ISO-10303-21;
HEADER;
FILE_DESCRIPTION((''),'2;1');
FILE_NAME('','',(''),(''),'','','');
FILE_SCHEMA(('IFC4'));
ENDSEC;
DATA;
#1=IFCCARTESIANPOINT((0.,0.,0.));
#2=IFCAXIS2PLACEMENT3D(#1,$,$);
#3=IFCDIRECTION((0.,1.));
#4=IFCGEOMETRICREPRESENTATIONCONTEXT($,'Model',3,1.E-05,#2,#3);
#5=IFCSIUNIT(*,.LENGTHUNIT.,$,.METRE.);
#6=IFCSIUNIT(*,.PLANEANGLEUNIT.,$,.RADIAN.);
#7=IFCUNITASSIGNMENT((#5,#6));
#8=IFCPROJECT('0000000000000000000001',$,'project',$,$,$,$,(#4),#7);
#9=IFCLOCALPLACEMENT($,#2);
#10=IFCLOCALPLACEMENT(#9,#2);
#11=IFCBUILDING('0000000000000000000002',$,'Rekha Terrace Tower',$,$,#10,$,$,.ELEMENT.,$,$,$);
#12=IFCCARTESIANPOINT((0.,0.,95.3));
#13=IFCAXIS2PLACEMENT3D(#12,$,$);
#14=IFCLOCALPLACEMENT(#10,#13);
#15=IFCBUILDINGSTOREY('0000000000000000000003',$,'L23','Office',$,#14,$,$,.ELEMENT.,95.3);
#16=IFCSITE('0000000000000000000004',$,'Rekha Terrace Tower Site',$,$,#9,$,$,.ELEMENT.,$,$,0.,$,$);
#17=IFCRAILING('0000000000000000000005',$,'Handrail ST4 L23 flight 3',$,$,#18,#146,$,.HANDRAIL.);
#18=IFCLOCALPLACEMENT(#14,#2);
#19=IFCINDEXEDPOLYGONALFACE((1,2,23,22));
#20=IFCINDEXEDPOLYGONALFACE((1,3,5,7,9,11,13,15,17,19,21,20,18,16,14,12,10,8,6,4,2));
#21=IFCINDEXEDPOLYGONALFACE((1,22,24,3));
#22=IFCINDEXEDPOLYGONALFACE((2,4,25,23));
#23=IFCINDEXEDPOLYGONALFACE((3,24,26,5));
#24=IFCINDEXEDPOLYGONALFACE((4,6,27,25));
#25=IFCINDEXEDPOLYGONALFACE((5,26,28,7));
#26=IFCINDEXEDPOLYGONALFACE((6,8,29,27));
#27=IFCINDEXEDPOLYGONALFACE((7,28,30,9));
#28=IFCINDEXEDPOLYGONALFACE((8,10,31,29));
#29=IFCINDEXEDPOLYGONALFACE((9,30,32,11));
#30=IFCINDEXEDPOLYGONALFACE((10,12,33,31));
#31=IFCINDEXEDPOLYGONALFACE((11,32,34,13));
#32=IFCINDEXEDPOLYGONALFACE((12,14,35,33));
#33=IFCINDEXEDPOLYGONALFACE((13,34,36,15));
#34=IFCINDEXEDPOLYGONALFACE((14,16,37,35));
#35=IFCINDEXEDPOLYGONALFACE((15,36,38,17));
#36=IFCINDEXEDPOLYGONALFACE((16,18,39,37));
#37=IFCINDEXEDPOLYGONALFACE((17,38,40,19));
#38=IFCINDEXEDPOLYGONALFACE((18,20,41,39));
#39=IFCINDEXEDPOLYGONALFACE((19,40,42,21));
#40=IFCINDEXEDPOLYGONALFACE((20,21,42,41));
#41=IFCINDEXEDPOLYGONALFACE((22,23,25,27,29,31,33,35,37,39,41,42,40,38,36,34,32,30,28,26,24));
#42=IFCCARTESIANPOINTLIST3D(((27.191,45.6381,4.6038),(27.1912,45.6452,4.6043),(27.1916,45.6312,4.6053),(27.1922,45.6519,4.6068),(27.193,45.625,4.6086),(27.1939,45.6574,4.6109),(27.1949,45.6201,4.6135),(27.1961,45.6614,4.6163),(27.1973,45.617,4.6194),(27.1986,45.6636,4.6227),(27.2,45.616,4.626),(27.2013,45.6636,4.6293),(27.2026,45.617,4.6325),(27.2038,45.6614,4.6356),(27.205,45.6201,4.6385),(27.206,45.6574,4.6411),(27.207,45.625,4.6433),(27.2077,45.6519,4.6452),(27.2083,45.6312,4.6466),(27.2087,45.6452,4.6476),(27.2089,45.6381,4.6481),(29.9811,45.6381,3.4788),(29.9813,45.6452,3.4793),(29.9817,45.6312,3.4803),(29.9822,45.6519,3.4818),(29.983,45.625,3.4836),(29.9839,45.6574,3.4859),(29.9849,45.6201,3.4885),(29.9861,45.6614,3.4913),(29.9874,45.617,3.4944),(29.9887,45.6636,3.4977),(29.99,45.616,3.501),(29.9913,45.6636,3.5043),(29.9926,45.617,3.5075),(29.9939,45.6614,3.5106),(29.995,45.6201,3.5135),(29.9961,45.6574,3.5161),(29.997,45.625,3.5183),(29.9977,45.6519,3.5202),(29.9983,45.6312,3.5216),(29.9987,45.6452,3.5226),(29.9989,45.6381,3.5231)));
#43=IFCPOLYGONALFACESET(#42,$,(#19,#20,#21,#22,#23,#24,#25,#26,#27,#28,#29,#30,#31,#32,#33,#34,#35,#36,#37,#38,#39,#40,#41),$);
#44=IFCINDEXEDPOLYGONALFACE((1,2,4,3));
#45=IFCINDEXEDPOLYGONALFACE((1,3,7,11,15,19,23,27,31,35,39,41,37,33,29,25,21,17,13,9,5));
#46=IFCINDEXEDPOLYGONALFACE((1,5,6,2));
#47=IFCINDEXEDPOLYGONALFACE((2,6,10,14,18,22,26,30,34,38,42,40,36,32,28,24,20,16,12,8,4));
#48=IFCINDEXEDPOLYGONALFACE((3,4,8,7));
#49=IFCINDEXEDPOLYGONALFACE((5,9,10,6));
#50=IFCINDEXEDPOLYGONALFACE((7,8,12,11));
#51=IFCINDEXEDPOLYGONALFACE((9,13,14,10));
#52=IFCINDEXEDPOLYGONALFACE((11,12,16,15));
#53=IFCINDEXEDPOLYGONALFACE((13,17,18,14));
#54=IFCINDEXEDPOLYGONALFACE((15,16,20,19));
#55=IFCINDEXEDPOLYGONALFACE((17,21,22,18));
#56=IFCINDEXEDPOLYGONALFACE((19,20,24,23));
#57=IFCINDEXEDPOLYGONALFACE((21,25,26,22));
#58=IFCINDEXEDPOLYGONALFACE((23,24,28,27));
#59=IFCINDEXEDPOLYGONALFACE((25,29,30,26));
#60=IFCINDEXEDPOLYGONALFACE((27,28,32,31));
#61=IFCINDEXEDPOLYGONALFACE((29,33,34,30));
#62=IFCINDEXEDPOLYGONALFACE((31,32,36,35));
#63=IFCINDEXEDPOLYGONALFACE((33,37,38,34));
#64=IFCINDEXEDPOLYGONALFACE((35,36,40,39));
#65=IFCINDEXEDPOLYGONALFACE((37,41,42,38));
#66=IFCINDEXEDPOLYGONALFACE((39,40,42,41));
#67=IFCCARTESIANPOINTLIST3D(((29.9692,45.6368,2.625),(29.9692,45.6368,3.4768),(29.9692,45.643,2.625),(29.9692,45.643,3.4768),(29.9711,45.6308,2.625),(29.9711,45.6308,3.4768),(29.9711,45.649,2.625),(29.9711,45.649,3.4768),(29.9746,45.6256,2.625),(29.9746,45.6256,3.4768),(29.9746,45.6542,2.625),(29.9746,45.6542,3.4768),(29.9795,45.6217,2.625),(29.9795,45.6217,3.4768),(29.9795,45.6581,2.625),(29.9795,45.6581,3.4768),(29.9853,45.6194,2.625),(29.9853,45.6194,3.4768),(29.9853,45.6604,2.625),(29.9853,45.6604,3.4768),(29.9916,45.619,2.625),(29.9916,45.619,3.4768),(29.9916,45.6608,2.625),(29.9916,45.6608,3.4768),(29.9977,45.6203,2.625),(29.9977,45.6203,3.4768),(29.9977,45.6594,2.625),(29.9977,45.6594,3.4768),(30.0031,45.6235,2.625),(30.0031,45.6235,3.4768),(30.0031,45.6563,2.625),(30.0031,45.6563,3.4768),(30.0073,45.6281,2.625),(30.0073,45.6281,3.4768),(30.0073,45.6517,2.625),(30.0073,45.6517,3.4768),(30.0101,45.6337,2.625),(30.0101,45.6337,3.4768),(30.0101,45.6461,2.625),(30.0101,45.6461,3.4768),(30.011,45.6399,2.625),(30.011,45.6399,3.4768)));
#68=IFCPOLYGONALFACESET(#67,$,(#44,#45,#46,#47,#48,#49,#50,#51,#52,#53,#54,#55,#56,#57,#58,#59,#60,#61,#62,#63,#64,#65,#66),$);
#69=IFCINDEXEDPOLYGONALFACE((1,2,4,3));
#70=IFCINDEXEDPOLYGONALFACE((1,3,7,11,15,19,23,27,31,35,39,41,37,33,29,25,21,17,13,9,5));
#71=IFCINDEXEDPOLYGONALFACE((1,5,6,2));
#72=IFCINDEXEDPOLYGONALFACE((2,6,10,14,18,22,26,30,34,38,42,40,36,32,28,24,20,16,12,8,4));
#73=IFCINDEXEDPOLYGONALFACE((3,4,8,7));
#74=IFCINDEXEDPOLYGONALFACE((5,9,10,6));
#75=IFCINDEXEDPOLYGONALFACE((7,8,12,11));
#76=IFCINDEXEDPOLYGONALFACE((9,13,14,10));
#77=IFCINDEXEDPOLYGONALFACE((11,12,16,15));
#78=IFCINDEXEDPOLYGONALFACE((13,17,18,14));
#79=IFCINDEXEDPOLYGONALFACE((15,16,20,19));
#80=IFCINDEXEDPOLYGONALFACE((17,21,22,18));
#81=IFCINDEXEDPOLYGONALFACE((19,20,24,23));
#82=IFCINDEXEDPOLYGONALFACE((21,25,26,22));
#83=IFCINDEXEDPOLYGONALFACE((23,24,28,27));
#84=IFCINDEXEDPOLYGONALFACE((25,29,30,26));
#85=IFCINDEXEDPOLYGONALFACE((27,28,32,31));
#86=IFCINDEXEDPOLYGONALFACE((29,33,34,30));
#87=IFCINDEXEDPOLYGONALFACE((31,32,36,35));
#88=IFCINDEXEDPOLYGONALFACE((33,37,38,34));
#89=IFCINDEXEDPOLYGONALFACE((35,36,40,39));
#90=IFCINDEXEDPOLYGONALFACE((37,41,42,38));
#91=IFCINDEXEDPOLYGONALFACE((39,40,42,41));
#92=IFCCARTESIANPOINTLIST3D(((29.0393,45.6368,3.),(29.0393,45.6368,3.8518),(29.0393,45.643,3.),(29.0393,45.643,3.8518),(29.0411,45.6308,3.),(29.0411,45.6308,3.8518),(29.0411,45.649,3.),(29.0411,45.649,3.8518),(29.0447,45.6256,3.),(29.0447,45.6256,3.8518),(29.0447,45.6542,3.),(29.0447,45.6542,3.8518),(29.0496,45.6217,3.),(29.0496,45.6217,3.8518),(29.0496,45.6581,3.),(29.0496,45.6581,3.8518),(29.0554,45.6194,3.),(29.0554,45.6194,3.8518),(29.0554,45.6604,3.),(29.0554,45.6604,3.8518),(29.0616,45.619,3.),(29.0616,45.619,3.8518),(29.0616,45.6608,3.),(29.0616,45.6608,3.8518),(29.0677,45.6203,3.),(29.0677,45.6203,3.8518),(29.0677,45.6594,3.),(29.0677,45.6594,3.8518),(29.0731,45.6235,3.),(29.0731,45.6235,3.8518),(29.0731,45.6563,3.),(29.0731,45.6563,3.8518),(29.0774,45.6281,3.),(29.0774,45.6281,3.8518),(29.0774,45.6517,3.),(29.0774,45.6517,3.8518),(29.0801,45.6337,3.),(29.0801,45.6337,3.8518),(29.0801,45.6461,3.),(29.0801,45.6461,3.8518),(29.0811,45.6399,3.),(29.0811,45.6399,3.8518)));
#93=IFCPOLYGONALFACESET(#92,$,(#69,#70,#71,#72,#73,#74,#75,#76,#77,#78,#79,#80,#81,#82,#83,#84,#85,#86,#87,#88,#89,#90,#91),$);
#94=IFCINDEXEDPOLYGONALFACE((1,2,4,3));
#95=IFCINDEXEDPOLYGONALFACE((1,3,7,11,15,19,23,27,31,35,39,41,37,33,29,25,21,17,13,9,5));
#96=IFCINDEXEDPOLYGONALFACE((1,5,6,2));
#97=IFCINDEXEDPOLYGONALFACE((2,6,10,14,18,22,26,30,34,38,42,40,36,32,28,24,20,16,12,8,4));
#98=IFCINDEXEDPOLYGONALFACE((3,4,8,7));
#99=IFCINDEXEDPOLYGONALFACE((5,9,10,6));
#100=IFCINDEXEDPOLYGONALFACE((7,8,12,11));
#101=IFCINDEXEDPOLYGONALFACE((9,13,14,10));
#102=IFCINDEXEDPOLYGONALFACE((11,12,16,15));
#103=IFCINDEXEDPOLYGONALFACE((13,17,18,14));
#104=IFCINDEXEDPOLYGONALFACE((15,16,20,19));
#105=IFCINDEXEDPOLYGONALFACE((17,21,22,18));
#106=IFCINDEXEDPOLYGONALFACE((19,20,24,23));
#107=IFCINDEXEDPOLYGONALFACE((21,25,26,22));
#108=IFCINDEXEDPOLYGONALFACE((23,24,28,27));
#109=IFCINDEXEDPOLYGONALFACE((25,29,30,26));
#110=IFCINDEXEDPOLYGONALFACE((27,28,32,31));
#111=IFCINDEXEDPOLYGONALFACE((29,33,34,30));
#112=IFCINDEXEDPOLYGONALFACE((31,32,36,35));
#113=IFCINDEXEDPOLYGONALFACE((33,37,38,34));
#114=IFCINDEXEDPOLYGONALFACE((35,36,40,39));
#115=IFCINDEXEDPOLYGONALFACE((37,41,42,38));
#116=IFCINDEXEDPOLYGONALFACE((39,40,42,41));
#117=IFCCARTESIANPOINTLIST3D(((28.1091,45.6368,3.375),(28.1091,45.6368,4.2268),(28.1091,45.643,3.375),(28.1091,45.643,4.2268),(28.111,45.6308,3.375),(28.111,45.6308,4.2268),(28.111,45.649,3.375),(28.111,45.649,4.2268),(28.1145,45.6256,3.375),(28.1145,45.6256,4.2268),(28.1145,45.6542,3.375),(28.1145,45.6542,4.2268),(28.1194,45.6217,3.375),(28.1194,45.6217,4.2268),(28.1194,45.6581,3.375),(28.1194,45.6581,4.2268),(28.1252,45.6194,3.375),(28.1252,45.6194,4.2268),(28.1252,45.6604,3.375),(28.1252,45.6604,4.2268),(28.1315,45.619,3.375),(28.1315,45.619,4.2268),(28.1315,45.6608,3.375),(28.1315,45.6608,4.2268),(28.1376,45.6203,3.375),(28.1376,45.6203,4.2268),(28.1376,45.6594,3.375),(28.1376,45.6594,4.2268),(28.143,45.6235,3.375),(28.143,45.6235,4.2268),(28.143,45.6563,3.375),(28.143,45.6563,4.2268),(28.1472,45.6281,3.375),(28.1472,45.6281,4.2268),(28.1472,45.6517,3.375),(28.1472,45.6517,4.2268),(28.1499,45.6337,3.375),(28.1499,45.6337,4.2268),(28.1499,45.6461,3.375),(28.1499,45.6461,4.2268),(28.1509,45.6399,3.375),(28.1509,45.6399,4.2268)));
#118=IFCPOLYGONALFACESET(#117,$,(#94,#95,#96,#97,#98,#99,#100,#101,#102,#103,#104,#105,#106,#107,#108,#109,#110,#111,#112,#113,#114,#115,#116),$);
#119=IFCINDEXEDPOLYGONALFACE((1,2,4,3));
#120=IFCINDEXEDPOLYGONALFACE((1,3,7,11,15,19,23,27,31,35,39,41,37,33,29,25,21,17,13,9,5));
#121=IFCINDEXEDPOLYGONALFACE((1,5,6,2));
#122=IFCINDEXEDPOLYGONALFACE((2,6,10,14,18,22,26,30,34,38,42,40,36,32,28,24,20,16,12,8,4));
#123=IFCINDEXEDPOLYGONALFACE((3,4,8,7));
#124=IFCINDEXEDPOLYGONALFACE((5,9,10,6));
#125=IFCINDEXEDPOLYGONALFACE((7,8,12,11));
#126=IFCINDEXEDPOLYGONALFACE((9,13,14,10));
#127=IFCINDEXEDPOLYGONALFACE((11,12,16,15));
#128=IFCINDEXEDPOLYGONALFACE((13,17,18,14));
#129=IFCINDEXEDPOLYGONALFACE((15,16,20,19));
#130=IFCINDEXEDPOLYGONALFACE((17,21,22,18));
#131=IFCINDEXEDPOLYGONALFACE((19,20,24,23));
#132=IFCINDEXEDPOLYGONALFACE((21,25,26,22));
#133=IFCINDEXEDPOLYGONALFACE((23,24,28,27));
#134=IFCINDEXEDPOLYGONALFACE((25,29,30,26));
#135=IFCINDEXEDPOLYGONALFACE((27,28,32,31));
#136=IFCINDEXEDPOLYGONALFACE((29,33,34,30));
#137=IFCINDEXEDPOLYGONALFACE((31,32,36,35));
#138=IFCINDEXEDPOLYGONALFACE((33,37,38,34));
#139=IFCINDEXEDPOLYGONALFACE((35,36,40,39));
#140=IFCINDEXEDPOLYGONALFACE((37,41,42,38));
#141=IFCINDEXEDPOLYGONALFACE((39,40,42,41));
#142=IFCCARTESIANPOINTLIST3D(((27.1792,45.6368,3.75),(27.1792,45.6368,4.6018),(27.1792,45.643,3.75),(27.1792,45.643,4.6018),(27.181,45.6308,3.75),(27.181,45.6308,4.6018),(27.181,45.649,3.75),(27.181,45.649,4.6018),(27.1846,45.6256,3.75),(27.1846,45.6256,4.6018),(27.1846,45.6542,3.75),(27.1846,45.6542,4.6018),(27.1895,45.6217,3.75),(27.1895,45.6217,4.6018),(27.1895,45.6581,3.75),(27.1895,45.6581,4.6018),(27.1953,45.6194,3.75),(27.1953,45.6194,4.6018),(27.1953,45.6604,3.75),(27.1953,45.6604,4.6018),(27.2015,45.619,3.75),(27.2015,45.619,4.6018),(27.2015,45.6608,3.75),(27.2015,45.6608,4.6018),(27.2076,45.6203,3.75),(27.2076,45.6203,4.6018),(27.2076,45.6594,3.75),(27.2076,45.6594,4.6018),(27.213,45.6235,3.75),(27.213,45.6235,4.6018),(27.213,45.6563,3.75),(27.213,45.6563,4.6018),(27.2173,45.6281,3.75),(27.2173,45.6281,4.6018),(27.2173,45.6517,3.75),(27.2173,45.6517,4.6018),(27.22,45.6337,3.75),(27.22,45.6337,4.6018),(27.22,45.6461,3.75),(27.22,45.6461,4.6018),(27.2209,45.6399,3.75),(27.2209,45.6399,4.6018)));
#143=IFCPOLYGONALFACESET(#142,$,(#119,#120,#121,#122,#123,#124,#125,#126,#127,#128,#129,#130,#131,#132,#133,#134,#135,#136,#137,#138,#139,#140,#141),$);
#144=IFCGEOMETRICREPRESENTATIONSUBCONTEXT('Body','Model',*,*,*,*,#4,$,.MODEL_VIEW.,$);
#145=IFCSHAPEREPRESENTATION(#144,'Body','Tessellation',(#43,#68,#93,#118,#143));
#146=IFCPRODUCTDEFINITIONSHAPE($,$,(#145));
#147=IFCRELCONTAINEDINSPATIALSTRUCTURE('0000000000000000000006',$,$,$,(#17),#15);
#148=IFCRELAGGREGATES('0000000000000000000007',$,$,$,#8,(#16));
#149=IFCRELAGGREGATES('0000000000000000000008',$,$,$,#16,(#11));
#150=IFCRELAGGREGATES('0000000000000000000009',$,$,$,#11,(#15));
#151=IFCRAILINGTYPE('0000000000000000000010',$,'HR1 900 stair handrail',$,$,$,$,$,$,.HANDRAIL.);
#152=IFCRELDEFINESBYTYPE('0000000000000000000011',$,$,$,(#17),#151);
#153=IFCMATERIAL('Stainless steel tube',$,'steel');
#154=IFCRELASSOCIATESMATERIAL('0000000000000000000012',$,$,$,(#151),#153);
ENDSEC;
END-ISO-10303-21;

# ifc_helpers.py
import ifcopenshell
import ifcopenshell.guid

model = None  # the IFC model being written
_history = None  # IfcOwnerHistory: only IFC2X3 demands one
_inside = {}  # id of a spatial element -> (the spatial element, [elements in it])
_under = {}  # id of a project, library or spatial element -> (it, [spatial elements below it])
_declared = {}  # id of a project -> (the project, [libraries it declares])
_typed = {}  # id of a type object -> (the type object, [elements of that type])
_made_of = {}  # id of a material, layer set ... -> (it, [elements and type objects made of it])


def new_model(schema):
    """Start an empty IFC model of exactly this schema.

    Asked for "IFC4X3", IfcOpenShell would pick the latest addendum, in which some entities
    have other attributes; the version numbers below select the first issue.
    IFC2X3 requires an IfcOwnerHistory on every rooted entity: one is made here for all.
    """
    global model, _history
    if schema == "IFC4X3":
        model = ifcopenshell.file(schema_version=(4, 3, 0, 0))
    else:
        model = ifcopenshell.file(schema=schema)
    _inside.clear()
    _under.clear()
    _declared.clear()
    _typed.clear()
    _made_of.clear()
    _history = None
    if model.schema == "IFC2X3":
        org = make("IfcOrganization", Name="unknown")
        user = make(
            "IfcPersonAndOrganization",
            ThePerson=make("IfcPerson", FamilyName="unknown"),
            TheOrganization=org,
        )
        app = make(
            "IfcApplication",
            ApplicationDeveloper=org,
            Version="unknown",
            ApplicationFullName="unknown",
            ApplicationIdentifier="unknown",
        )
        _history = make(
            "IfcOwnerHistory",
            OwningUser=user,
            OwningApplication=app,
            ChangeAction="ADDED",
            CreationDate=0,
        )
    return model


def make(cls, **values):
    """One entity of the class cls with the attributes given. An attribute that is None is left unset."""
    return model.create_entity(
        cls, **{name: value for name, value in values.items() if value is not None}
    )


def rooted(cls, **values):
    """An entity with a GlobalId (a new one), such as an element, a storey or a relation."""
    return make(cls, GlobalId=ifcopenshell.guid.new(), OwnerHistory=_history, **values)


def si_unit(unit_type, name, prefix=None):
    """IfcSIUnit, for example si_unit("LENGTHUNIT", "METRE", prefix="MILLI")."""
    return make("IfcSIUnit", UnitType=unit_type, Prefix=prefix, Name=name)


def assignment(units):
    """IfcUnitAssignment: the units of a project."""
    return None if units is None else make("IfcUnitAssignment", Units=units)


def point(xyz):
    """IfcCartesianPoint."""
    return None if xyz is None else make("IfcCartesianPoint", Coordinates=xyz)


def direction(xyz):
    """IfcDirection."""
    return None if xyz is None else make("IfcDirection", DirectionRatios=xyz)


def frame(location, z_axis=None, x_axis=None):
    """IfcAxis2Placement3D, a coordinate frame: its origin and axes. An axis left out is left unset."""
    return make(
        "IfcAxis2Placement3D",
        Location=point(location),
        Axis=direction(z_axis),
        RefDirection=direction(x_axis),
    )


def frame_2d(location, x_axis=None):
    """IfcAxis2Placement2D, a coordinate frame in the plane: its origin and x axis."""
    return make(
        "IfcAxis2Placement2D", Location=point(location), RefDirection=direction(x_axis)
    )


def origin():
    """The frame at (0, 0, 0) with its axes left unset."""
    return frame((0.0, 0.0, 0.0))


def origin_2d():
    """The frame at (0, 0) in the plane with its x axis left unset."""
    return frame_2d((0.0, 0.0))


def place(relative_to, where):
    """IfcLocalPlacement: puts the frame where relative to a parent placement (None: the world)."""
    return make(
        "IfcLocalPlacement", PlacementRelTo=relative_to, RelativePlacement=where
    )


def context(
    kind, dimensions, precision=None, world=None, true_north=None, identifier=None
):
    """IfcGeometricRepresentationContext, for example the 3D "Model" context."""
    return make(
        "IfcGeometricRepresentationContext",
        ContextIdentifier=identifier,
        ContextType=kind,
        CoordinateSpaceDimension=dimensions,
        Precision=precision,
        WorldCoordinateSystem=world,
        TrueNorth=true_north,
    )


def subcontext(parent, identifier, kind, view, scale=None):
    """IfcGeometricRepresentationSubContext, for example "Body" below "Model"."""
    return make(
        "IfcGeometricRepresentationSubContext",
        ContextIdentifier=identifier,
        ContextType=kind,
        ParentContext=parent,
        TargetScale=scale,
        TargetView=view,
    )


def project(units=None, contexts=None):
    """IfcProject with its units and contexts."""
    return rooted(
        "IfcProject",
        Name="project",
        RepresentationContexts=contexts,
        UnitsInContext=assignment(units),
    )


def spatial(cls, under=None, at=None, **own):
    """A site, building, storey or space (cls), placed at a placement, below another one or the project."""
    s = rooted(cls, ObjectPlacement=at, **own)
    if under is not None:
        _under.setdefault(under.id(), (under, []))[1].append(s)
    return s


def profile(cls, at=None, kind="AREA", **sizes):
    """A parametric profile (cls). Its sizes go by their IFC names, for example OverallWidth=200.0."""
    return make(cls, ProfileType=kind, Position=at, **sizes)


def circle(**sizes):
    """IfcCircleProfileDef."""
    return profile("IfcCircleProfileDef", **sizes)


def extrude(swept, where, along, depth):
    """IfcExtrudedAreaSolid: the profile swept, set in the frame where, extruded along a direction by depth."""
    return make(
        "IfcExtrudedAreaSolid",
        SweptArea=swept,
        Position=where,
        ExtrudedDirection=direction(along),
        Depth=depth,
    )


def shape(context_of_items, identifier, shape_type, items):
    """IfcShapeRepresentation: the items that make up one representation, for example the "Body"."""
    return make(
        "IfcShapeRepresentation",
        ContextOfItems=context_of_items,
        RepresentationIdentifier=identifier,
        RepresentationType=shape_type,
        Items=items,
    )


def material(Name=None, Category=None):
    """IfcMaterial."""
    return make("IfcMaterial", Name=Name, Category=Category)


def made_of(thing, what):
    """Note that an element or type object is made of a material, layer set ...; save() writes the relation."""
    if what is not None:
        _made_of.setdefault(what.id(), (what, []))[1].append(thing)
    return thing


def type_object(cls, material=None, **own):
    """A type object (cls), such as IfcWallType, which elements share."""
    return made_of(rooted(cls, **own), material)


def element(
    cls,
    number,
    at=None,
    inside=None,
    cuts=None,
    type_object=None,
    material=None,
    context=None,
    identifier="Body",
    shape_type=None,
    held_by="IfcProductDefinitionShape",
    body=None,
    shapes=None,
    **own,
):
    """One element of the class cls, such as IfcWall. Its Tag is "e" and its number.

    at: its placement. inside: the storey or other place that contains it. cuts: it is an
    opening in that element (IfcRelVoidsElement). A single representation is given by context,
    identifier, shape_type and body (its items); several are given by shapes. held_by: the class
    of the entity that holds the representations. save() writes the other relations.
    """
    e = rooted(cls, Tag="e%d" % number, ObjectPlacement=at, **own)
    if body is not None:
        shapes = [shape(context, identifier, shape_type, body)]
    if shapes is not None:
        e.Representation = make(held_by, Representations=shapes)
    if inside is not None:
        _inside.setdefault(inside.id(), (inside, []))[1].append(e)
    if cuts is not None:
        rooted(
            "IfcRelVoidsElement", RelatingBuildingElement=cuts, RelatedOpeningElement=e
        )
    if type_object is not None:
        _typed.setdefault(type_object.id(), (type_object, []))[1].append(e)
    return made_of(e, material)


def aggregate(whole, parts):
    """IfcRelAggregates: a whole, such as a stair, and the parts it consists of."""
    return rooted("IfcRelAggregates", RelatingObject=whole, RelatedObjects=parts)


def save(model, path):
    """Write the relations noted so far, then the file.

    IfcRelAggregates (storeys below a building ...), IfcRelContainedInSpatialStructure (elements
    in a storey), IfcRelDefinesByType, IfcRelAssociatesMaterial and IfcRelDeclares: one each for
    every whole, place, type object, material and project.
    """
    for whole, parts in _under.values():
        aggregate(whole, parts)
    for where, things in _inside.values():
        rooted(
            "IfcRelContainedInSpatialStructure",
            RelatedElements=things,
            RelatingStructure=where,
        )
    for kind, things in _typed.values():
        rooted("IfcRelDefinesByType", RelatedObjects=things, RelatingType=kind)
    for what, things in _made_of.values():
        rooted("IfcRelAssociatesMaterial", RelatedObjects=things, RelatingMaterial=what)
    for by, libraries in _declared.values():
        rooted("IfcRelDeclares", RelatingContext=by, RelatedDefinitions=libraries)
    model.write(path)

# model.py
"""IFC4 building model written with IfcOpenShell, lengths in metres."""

from ifc_helpers import new_model, si_unit, direction, frame, origin, origin_2d, place, context, subcontext, project, spatial, circle, extrude, material, type_object, element, save


model = new_model("IFC4")

# Units and contexts
model_context = context("Model", 3, precision=1e-05, world=origin(), true_north=direction((0.0, 1.0)))
body_context = subcontext(model_context, "Body", "Model", "MODEL_VIEW")
ifc_project = project(units=[si_unit("LENGTHUNIT", "METRE"), si_unit("PLANEANGLEUNIT", "RADIAN")], contexts=[model_context])

# Site, building, storey
site_placement = place(None, origin())
site = spatial("IfcSite", under=ifc_project, at=site_placement, Name="Rekha Terrace Tower Site", CompositionType="ELEMENT", RefElevation=0.0)
building_placement = place(site_placement, origin())
building = spatial("IfcBuilding", under=site, at=building_placement, Name="Rekha Terrace Tower", CompositionType="ELEMENT")
storey_placement = place(building_placement, frame((0.0, 0.0, 95.3)))
storey = spatial("IfcBuildingStorey", under=building, at=storey_placement, Name="L23", Description="Office", CompositionType="ELEMENT", Elevation=95.3)

# Railing
ifc_material_1 = material(Name="Stainless steel tube", Category="steel")
railing_type_1 = type_object("IfcRailingType", Name="HR1 900 stair handrail", PredefinedType="HANDRAIL", material=ifc_material_1)
railing_1_placement = place(storey_placement, frame((29.99, 45.6399, 2.625)))
element("IfcRailing", 1, at=railing_1_placement, inside=storey, type_object=railing_type_1, Name="Handrail ST4 L23 flight 3", PredefinedType="HANDRAIL", context=body_context, shape_type="SweptSolid", body=[
    extrude(circle(Radius=0.0239, at=origin_2d()), frame((0.0, 0.0, 0.876), z_axis=(-0.927443, 0.0, 0.373964), x_axis=(0.0, -1.0, 0.0)), (0.0, 0.0, 1.0), 3.0083),
    extrude(circle(Radius=0.021, at=origin_2d()), origin(), (0.0, 0.0, 1.0), 0.8518),
    extrude(circle(Radius=0.021, at=origin_2d()), frame((-0.9299, 0.0, 0.375)), (0.0, 0.0, 1.0), 0.8518),
    extrude(circle(Radius=0.021, at=origin_2d()), frame((-1.8601, 0.0, 0.75)), (0.0, 0.0, 1.0), 0.8518),
    extrude(circle(Radius=0.021, at=origin_2d()), frame((-2.79, 0.0, 1.125)), (0.0, 0.0, 1.0), 0.8518),
])

save(model, "model.ifc")
